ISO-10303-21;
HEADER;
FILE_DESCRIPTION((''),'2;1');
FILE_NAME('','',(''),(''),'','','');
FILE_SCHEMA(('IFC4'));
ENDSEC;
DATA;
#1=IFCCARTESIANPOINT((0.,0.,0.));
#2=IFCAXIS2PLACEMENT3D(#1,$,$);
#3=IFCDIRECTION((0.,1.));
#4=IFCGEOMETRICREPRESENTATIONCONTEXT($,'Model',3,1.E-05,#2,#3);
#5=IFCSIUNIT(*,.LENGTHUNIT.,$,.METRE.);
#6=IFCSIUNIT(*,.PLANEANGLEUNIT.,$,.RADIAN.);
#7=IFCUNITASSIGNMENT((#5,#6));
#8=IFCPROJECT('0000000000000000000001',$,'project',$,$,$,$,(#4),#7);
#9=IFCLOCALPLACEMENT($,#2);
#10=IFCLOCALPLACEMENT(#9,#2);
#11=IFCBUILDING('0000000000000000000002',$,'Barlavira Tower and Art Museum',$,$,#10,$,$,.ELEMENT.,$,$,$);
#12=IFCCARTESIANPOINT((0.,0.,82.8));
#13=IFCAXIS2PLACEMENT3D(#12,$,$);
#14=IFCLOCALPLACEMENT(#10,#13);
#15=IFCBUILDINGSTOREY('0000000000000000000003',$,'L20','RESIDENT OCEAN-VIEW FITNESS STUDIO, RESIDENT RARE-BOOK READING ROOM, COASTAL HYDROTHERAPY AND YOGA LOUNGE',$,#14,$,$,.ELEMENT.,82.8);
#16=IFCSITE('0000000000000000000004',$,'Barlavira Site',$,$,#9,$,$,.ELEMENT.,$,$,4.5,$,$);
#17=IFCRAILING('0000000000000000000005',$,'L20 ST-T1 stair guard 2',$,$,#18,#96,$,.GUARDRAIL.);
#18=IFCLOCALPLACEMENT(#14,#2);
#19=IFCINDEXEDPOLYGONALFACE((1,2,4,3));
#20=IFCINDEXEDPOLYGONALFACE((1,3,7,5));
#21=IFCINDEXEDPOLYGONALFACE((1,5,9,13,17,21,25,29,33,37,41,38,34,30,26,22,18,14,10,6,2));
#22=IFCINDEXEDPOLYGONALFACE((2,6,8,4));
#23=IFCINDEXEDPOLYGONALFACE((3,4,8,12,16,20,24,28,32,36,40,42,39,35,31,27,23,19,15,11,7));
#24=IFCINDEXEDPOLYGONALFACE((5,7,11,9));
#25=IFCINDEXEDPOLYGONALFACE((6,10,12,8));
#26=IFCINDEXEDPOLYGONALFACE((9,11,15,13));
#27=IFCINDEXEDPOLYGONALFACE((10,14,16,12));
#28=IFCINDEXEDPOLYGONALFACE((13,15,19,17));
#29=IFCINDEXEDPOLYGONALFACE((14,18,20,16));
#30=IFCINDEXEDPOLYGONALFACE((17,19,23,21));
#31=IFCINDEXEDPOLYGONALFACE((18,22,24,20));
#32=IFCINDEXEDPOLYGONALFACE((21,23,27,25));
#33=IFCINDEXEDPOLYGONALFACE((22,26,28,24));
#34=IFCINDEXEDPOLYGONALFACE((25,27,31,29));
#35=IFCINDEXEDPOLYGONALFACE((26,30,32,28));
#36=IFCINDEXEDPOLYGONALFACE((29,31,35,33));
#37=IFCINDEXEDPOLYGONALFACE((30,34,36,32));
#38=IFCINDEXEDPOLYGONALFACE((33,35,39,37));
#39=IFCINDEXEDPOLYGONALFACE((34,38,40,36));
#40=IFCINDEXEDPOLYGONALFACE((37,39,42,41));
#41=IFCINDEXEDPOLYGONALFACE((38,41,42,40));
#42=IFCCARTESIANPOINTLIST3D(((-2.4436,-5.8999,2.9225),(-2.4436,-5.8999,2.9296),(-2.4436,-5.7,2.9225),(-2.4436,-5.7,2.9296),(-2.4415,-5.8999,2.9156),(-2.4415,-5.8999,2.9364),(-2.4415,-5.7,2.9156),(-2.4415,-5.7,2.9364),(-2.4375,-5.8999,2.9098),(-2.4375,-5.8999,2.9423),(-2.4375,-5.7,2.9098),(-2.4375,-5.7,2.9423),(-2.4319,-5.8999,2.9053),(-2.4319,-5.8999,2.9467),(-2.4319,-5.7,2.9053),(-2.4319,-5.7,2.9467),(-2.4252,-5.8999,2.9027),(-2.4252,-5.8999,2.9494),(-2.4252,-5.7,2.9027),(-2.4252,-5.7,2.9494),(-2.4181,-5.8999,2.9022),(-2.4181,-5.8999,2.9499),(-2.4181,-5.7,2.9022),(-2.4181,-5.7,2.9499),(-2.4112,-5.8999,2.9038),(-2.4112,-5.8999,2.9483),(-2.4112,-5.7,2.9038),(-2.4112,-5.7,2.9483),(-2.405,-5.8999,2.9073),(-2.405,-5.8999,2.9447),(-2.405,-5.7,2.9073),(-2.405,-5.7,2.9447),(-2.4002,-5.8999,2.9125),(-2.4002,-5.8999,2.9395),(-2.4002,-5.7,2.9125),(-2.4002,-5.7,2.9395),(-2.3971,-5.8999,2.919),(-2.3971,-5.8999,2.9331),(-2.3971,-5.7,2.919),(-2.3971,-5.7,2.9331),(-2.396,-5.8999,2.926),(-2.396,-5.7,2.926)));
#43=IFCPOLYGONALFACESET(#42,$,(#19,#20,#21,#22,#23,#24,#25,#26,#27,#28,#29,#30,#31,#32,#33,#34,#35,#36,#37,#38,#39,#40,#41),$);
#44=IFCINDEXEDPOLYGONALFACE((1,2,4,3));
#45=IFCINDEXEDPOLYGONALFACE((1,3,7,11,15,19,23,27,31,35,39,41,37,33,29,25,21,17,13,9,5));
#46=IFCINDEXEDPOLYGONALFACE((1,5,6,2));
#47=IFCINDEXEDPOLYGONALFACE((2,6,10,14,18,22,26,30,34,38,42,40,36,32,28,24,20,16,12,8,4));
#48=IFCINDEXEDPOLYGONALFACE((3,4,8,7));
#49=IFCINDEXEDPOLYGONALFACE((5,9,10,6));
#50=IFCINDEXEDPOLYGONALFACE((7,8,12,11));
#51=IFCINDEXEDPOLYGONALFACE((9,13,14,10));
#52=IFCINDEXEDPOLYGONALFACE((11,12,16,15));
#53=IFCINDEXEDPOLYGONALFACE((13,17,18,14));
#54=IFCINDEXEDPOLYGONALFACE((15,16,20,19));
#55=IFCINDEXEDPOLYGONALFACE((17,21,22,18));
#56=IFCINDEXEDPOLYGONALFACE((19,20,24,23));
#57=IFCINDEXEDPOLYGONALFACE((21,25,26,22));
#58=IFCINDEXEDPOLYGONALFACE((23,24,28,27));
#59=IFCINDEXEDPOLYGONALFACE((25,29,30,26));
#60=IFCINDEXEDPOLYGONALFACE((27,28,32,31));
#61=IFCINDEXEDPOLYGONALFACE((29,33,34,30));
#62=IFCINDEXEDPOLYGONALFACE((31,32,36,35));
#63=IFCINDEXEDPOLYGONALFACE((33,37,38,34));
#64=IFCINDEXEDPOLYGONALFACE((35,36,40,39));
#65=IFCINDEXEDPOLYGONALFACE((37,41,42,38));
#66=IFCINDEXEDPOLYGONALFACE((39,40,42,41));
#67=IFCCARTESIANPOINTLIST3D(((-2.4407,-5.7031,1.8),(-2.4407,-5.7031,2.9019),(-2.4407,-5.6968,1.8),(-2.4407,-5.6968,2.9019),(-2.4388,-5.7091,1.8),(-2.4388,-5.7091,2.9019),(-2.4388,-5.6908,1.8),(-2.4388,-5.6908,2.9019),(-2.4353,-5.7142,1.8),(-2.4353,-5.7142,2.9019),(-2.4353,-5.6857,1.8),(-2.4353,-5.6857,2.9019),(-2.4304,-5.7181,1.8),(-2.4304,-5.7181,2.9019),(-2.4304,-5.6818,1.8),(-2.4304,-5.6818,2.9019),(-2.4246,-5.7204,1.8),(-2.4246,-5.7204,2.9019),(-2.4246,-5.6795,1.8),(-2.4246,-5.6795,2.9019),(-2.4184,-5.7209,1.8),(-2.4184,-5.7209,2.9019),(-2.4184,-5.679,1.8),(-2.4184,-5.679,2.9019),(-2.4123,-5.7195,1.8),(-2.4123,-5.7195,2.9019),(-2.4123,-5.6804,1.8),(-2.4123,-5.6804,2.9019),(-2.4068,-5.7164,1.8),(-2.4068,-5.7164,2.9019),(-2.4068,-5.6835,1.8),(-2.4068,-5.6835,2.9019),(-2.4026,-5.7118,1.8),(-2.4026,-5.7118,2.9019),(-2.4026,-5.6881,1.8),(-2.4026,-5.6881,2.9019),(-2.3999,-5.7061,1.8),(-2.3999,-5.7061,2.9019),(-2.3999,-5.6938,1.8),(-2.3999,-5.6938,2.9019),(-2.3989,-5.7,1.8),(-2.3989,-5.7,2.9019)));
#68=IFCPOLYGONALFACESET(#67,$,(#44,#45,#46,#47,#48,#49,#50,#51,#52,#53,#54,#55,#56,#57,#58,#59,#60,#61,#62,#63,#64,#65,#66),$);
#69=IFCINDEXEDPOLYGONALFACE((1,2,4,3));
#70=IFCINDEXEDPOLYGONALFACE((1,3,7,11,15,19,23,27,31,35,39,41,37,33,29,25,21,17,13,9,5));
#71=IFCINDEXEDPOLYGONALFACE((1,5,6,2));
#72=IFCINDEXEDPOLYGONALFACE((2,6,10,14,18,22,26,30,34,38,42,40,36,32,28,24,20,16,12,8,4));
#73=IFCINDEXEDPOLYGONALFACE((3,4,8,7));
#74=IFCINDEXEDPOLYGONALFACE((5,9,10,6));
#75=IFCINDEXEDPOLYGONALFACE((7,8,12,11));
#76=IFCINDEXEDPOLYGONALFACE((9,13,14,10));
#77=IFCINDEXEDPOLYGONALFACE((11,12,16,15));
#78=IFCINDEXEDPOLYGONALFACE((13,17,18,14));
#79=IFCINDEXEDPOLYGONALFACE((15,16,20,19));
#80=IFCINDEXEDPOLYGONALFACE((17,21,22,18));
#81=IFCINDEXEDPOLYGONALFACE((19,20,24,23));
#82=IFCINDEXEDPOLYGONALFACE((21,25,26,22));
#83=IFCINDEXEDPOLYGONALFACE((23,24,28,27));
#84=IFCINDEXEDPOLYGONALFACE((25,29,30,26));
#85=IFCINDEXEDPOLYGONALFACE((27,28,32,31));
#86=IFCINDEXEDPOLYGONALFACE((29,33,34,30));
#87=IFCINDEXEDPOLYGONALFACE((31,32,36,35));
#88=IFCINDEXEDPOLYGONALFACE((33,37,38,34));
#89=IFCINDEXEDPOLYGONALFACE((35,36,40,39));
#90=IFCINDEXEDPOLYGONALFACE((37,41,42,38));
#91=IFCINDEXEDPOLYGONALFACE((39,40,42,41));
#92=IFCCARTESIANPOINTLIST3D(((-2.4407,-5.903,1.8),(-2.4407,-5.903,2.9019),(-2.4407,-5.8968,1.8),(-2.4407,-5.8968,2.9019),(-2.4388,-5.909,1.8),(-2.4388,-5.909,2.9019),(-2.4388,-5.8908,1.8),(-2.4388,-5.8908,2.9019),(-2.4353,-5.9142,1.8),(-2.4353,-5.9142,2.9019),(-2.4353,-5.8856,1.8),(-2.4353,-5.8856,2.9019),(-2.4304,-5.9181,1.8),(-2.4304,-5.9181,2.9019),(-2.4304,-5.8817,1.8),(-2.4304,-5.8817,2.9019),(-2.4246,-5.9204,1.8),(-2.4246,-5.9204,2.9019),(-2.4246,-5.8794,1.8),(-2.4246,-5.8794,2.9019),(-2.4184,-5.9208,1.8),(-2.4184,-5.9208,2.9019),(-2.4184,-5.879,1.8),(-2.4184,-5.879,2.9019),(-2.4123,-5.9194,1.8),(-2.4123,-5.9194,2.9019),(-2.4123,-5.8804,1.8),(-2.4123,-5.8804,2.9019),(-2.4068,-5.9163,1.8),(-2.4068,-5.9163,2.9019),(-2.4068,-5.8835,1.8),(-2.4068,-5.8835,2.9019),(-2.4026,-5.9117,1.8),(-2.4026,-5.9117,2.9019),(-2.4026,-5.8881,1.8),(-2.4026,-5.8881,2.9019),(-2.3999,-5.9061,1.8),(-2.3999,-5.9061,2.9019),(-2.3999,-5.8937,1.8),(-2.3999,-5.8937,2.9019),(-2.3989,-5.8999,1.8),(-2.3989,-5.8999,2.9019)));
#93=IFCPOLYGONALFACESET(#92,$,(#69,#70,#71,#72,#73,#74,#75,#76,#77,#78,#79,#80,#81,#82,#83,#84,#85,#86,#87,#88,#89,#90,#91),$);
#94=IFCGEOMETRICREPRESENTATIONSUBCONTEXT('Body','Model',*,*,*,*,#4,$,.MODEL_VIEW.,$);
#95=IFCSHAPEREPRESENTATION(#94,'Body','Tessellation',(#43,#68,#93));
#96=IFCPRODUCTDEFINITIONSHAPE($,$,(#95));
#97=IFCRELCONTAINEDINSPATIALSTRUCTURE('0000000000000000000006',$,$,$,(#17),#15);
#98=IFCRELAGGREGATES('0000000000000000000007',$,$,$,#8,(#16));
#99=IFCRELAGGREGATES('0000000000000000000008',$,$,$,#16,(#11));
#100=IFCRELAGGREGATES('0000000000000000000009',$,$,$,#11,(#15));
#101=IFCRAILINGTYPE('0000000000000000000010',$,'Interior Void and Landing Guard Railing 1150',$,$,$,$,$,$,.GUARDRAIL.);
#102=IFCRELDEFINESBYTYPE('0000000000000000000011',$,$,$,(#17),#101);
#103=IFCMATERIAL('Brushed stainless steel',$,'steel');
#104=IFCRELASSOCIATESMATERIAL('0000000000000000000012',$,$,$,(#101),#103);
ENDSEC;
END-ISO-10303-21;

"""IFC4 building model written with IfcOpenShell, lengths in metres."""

from ifc_helpers import new_model, si_unit, direction, frame, origin, origin_2d, place, context, subcontext, project, spatial, circle, extrude, material, type_object, element, save


model = new_model("IFC4")

# Units and contexts
model_context = context("Model", 3, precision=1e-05, world=origin(), true_north=direction((0.0, 1.0)))
body_context = subcontext(model_context, "Body", "Model", "MODEL_VIEW")
ifc_project = project(units=[si_unit("LENGTHUNIT", "METRE"), si_unit("PLANEANGLEUNIT", "RADIAN")], contexts=[model_context])

# Site, building, storey
site_placement = place(None, origin())
site = spatial("IfcSite", under=ifc_project, at=site_placement, Name="Barlavira Site", CompositionType="ELEMENT", RefElevation=4.5)
building_placement = place(site_placement, origin())
building = spatial("IfcBuilding", under=site, at=building_placement, Name="Barlavira Tower and Art Museum", CompositionType="ELEMENT")
storey_placement = place(building_placement, frame((0.0, 0.0, 82.8)))
storey = spatial("IfcBuildingStorey", under=building, at=storey_placement, Name="L20", Description="RESIDENT OCEAN-VIEW FITNESS STUDIO, RESIDENT RARE-BOOK READING ROOM, COASTAL HYDROTHERAPY AND YOGA LOUNGE", CompositionType="ELEMENT", Elevation=82.8)

# Shared definitions
ifc_material_1 = material(Name="Brushed stainless steel", Category="steel")

# Railing
railing_type_1 = type_object("IfcRailingType", Name="Interior Void and Landing Guard Railing 1150", PredefinedType="GUARDRAIL", material=ifc_material_1)
railing_1_placement = place(storey_placement, frame((-2.4199, -5.7, 1.8)))
element("IfcRailing", 1, at=railing_1_placement, inside=storey, type_object=railing_type_1, Name="L20 ST-T1 stair guard 2", PredefinedType="GUARDRAIL", context=body_context, shape_type="SweptSolid", body=[
    extrude(circle(Radius=0.0239, at=origin_2d()), frame((0.0, 0.0, 1.126), z_axis=(0.0, -1.0, 0.0), x_axis=(1.0, 0.0, 0.0)), (0.0, 0.0, 1.0), 0.2),
    extrude(circle(Radius=0.021, at=origin_2d()), origin(), (0.0, 0.0, 1.0), 1.1018),
    extrude(circle(Radius=0.021, at=origin_2d()), frame((0.0, -0.2, 0.0)), (0.0, 0.0, 1.0), 1.1018),
])

save(model, "model.ifc")
